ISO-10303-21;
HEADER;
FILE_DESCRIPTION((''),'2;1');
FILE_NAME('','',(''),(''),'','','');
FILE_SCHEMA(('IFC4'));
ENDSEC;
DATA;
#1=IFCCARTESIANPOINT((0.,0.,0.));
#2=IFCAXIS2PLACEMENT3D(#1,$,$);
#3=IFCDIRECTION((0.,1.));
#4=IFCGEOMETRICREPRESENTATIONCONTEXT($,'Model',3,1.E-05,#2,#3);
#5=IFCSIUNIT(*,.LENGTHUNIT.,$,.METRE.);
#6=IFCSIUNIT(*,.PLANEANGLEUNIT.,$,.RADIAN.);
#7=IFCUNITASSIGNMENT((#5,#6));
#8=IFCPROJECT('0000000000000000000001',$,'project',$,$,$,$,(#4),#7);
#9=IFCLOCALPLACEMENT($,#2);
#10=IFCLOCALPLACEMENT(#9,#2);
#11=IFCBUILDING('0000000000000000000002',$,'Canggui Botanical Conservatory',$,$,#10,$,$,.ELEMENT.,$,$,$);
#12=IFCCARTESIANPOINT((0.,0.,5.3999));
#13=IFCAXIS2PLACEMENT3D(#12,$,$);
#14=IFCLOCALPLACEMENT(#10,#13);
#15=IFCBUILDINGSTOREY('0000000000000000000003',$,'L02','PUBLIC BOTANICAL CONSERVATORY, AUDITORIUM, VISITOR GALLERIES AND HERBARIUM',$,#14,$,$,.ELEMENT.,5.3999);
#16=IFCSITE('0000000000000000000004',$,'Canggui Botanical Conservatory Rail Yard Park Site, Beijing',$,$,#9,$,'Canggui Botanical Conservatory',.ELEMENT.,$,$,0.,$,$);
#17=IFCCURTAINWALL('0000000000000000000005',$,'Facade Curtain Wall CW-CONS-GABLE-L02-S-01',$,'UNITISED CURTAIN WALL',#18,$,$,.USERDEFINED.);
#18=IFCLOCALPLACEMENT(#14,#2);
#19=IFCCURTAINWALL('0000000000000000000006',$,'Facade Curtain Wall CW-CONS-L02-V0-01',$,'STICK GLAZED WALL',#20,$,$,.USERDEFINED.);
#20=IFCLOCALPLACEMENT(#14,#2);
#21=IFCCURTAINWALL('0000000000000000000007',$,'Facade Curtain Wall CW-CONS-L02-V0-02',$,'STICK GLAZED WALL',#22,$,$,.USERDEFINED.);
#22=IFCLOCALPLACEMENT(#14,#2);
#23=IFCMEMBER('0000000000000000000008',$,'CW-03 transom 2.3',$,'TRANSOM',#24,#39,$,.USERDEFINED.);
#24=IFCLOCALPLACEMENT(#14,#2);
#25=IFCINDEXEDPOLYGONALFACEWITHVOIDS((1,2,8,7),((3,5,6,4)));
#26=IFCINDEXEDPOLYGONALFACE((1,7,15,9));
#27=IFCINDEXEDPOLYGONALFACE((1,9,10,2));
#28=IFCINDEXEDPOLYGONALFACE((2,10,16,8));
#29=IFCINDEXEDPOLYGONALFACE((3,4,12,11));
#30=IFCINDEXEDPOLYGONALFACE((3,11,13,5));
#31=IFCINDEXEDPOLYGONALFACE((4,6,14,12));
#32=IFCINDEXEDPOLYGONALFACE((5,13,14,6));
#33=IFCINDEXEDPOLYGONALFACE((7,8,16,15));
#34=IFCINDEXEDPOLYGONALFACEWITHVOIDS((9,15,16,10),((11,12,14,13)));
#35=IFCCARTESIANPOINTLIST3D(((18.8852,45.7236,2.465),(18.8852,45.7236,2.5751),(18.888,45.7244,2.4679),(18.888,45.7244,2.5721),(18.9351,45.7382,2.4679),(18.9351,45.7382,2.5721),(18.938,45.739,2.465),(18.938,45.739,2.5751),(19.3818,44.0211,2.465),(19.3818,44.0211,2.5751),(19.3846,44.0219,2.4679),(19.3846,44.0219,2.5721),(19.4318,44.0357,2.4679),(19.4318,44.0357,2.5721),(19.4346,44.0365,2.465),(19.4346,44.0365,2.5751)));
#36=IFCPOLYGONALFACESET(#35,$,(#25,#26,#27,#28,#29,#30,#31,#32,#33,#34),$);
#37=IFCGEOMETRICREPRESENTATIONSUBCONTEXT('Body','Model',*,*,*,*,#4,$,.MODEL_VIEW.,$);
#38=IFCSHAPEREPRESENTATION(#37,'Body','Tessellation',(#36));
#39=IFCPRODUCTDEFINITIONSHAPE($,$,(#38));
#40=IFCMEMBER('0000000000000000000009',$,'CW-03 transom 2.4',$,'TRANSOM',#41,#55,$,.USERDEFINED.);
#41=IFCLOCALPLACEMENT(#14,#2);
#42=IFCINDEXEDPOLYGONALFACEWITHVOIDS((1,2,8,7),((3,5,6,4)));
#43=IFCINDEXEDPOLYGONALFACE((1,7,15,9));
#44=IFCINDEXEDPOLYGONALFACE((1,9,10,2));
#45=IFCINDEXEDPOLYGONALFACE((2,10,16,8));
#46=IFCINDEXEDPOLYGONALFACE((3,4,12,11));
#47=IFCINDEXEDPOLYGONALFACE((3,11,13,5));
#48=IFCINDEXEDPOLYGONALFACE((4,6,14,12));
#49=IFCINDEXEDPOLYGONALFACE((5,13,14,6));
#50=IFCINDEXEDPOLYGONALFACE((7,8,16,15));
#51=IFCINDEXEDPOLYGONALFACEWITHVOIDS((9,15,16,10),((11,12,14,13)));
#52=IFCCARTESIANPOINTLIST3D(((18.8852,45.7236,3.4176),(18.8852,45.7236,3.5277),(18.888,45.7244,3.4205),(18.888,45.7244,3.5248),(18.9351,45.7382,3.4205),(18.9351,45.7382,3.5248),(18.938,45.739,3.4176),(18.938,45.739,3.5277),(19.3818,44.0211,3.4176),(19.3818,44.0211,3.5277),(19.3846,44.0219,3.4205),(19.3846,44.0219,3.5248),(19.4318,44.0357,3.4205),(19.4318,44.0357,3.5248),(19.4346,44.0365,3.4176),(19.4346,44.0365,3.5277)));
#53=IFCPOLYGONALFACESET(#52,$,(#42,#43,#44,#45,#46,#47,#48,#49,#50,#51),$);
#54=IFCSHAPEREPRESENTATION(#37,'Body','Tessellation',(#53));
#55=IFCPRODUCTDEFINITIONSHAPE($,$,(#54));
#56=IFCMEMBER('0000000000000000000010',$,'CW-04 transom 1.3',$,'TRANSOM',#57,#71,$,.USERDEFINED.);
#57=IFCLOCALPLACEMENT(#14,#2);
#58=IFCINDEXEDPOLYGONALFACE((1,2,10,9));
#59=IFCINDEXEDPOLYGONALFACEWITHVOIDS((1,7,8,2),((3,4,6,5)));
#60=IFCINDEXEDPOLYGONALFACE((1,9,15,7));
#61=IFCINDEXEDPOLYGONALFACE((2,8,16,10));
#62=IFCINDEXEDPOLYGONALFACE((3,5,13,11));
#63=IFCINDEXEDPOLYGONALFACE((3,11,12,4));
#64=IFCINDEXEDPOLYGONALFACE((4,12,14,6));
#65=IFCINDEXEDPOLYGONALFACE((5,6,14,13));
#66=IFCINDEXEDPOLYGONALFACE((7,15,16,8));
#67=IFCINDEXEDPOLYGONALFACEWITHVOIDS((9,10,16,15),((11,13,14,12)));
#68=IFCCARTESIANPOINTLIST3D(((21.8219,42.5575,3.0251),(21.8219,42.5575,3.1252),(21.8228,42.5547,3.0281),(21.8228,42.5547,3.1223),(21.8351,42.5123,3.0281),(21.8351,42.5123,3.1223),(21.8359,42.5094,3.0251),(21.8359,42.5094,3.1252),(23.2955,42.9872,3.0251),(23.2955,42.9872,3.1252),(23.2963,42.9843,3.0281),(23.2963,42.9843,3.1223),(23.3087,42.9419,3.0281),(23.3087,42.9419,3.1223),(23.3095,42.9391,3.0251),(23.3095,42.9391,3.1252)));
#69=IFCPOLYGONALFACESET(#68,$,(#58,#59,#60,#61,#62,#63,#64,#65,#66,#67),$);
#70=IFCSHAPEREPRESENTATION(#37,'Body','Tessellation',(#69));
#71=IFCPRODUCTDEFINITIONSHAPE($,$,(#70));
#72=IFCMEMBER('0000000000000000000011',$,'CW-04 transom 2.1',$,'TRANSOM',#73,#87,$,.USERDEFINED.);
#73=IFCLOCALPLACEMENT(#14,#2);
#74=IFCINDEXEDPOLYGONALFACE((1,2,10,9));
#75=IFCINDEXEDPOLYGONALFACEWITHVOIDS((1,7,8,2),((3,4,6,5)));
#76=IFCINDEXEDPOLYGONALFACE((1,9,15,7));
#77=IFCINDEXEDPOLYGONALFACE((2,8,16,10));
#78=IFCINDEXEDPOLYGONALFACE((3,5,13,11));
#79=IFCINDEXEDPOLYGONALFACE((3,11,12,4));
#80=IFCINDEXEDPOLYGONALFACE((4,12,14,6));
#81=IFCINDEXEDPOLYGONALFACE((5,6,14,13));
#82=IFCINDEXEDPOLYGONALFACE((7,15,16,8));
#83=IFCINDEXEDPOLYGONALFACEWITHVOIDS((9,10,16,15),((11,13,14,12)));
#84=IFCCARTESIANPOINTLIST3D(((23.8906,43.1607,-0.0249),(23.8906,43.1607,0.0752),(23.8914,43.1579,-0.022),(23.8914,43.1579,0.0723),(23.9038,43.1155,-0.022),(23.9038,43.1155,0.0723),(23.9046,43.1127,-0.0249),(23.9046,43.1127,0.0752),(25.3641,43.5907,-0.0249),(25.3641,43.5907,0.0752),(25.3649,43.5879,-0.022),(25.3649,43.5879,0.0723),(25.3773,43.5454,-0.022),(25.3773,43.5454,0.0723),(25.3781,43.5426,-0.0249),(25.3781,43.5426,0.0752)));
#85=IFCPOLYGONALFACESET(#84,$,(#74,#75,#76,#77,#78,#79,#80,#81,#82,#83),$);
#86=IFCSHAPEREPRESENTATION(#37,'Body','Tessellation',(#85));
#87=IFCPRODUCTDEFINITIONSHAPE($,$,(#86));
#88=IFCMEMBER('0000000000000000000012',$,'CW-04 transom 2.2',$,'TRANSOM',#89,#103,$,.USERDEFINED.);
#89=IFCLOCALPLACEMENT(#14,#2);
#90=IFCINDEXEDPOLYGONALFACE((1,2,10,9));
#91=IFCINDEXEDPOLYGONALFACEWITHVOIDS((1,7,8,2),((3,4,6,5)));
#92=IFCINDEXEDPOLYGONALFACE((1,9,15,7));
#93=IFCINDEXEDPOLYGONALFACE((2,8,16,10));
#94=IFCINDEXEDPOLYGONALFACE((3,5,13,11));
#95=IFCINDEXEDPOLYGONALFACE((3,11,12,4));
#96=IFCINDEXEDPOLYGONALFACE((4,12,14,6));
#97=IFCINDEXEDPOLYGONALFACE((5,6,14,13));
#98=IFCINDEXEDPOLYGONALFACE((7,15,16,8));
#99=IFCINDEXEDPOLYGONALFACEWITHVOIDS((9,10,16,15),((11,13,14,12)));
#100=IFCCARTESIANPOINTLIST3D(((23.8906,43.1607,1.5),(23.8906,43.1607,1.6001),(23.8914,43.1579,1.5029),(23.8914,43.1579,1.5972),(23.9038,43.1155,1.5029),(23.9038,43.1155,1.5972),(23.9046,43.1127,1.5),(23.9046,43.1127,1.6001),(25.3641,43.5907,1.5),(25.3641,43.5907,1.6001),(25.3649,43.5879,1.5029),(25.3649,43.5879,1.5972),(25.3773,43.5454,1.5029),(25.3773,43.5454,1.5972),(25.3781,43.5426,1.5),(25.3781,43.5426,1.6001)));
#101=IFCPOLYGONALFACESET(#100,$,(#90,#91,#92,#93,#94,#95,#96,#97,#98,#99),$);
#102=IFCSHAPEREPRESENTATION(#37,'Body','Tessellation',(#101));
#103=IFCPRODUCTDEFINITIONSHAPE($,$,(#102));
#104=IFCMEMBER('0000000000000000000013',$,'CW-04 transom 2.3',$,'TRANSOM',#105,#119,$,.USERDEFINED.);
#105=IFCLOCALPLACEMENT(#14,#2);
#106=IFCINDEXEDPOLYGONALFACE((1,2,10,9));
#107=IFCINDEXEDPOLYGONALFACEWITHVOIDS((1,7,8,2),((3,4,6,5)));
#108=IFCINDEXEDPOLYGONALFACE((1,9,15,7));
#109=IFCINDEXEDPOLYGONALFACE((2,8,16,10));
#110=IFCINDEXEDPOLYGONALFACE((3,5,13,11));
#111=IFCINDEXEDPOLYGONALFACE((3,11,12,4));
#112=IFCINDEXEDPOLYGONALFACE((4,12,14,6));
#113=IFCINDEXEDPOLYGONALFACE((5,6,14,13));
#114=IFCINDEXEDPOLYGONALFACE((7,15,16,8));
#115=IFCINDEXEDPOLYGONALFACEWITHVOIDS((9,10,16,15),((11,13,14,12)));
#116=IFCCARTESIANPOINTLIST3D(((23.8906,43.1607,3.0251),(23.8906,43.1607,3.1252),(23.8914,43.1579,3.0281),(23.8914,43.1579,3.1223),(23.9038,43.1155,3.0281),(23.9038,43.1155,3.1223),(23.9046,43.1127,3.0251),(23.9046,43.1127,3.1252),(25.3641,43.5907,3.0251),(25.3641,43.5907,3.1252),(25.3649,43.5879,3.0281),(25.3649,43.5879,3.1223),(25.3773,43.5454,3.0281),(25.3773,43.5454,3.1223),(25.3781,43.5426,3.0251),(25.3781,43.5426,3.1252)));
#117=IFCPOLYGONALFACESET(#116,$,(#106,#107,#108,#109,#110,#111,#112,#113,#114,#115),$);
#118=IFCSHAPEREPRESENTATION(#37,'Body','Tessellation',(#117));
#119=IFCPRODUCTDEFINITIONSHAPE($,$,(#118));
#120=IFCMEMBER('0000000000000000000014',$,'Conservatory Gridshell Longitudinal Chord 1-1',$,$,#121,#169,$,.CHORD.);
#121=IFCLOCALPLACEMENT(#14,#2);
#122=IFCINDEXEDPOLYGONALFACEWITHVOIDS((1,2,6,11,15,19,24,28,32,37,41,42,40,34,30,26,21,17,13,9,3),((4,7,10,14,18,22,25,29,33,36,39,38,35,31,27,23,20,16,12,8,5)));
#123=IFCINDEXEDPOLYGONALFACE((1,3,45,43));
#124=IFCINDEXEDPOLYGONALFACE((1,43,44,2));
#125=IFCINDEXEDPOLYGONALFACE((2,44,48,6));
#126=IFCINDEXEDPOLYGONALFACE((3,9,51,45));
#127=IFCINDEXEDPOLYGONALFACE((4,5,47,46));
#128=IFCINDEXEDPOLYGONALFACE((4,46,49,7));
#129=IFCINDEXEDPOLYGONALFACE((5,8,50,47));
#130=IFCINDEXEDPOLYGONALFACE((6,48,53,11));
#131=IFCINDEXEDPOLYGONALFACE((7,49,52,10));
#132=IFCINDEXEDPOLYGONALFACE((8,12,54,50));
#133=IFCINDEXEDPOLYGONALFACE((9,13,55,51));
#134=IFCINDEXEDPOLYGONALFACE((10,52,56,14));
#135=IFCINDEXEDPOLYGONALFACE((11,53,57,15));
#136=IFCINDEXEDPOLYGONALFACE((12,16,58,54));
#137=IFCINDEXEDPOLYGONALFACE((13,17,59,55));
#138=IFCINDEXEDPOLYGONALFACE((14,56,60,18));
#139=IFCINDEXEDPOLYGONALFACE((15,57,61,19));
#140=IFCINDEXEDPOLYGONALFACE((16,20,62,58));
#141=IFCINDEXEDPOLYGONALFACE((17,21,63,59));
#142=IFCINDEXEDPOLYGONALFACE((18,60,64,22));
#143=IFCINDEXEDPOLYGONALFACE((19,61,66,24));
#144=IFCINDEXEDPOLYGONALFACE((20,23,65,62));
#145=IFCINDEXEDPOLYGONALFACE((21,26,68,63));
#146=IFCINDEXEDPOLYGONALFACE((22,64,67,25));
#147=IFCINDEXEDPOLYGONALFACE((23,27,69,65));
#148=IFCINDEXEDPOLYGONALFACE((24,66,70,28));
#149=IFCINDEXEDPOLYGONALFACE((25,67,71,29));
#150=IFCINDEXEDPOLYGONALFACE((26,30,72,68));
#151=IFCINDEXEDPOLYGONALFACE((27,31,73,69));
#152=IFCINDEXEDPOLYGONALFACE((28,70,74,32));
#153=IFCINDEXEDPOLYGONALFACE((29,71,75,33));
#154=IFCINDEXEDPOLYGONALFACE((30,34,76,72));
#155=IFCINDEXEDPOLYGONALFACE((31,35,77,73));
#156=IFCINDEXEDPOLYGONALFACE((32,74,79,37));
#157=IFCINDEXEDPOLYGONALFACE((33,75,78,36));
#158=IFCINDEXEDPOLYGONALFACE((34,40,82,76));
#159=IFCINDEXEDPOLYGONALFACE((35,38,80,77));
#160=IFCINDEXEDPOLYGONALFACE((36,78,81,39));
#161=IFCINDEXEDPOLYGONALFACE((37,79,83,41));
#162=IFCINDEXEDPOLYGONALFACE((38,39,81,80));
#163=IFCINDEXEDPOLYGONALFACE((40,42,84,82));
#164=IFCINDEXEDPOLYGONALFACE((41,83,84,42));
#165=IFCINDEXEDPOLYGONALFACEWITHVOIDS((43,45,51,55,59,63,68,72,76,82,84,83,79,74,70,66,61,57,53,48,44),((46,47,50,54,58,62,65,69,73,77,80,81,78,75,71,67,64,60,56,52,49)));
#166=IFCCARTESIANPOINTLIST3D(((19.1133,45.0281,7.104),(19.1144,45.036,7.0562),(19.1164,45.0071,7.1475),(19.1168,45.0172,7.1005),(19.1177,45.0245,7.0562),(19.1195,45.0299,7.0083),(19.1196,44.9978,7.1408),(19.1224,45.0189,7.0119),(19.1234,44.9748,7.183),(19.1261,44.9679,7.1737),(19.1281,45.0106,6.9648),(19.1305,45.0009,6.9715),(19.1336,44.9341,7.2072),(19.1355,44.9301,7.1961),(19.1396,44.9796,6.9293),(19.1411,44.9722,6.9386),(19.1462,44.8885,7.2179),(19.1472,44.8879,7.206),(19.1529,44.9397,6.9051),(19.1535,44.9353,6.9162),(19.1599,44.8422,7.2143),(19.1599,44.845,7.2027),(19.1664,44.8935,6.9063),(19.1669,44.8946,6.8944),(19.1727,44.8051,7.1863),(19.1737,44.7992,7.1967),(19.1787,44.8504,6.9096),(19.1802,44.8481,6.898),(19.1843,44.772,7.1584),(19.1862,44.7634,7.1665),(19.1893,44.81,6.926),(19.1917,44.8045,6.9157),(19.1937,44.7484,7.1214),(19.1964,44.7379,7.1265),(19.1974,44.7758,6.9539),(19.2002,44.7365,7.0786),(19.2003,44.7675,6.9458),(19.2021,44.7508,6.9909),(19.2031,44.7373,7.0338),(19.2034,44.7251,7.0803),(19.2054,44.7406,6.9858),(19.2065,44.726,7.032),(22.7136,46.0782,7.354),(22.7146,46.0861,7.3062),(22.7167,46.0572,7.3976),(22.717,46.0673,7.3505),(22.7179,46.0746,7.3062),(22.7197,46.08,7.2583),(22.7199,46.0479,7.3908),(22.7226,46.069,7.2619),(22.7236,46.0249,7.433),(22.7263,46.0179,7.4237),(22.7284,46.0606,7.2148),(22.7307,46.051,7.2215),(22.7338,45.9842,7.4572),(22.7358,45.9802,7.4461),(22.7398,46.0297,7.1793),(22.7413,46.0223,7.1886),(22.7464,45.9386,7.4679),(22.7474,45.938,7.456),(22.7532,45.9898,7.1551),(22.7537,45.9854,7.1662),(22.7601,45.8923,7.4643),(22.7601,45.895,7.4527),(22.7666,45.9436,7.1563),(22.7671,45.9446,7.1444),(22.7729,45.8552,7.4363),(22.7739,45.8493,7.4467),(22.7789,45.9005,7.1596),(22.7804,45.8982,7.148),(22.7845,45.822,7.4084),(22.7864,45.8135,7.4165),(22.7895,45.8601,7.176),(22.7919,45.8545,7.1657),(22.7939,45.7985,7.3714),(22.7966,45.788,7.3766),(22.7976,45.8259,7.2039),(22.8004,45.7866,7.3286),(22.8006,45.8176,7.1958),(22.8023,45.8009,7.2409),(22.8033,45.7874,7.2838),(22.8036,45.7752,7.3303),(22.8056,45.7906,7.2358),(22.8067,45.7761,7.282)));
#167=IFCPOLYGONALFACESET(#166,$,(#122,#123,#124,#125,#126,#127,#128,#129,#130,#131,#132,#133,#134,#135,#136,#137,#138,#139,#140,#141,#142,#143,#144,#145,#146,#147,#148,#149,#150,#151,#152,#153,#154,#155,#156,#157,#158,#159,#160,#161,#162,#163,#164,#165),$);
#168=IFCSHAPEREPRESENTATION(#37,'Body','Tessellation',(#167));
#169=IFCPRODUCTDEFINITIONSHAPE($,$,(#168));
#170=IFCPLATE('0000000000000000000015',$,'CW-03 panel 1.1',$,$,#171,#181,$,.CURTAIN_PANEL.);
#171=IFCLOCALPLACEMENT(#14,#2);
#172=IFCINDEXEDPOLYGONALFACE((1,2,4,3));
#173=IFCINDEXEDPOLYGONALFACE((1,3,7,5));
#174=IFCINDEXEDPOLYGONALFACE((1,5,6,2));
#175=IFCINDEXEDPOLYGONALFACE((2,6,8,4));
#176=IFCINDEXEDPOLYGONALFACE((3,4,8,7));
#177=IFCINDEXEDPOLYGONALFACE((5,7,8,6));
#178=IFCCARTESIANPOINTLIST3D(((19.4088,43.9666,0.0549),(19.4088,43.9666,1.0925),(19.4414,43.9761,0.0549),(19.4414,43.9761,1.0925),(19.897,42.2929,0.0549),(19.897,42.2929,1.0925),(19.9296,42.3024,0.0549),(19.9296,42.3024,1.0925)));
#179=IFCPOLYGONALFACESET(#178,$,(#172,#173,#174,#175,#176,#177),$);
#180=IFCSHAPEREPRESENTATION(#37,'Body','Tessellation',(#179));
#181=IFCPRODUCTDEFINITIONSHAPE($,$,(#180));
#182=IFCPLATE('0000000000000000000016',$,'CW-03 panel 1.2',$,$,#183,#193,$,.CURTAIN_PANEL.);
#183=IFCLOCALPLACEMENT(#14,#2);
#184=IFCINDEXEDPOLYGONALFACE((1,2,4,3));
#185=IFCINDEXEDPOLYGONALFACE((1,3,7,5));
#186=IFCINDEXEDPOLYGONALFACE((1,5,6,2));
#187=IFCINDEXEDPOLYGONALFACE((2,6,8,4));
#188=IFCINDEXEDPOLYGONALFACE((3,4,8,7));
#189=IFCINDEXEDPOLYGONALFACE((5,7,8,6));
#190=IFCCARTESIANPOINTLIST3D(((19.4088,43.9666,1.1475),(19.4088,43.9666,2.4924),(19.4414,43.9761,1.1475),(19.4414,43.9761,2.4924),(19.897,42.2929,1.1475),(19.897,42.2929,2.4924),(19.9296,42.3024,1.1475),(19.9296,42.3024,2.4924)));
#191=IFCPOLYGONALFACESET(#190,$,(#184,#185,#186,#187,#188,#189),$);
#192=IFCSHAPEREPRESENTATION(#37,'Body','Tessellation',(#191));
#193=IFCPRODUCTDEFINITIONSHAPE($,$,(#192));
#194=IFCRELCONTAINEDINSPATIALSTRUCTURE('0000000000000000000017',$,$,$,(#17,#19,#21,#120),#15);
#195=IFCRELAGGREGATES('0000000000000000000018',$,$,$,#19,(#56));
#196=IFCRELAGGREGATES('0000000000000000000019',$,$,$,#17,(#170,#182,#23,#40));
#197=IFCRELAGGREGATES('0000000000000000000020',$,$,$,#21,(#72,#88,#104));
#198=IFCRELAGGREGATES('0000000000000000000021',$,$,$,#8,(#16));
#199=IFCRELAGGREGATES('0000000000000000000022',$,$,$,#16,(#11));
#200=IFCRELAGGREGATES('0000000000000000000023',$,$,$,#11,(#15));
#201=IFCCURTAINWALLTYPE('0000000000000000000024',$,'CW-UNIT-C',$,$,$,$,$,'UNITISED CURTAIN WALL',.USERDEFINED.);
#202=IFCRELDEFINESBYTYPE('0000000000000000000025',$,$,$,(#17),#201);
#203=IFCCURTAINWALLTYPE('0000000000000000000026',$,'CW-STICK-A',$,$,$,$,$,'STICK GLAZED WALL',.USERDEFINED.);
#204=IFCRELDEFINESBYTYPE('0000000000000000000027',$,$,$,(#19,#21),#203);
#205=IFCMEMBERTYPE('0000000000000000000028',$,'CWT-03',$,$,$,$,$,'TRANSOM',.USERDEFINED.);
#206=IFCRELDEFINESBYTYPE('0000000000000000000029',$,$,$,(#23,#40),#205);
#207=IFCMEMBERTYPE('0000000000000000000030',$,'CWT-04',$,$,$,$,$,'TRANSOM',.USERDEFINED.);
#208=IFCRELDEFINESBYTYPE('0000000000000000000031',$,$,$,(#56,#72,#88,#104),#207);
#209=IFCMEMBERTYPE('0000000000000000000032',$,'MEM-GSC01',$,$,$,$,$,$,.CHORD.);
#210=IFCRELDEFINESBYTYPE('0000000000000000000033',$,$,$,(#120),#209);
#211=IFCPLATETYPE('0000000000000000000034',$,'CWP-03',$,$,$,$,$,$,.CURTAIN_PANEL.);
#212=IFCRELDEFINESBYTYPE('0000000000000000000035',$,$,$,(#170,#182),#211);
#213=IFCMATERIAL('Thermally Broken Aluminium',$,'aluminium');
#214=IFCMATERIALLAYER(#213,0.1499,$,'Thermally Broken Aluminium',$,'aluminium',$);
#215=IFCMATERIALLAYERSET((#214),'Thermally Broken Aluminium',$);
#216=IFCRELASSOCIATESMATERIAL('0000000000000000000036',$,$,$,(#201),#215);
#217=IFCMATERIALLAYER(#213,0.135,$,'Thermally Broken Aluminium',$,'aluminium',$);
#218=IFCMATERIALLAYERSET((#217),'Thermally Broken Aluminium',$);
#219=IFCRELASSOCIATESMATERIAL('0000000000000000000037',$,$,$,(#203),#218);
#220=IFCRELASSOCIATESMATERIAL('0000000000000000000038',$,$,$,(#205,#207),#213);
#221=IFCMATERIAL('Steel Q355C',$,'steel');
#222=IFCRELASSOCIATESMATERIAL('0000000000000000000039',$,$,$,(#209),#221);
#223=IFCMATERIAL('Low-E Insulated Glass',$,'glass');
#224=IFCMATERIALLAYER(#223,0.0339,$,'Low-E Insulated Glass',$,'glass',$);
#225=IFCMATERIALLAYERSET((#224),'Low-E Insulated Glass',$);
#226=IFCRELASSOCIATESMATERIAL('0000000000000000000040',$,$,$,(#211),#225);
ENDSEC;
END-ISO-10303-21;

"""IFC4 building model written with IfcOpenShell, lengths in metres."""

from ifc_helpers import new_model, si_unit, direction, frame, origin, origin_2d, place, context, subcontext, project, spatial, rectangle, hollow_rectangle, hollow_circle, extrude, material, layer, layer_set, material_profile, profile_set, type_object, element, aggregate, save


model = new_model("IFC4")

# Units and contexts
model_context = context("Model", 3, precision=1e-05, world=origin(), true_north=direction((0.0, 1.0)))
body_context = subcontext(model_context, "Body", "Model", "MODEL_VIEW")
ifc_project = project(units=[si_unit("LENGTHUNIT", "METRE"), si_unit("PLANEANGLEUNIT", "RADIAN")], contexts=[model_context])

# Site, building, storey
site_placement = place(None, origin())
site = spatial("IfcSite", under=ifc_project, at=site_placement, Name="Canggui Botanical Conservatory Rail Yard Park Site, Beijing", LongName="Canggui Botanical Conservatory", CompositionType="ELEMENT", RefElevation=0.0)
building_placement = place(site_placement, origin())
building = spatial("IfcBuilding", under=site, at=building_placement, Name="Canggui Botanical Conservatory", CompositionType="ELEMENT")
storey_placement = place(building_placement, frame((0.0, 0.0, 5.3999)))
storey = spatial("IfcBuildingStorey", under=building, at=storey_placement, Name="L02", Description="PUBLIC BOTANICAL CONSERVATORY, AUDITORIUM, VISITOR GALLERIES AND HERBARIUM", CompositionType="ELEMENT", Elevation=5.3999)

# Shared definitions
ifc_material_1 = material(Name="Steel Q355C", Category="steel")

# Curtain walls
ifc_material_2 = material(Name="Thermally Broken Aluminium", Category="aluminium")
ifc_layer_1 = layer(ifc_material_2, 0.1499, Name="Thermally Broken Aluminium", Category="aluminium")
ifc_layer_set_1 = layer_set([ifc_layer_1], Name="Thermally Broken Aluminium")
curtain_wall_type_1 = type_object("IfcCurtainWallType", Name="CW-UNIT-C", ElementType="UNITISED CURTAIN WALL", PredefinedType="USERDEFINED", material=ifc_layer_set_1)
curtain_wall_1_placement = place(storey_placement, origin())
curtain_wall_1 = element("IfcCurtainWall", 1, at=curtain_wall_1_placement, inside=storey, type_object=curtain_wall_type_1, Name="Facade Curtain Wall CW-CONS-GABLE-L02-S-01", ObjectType="UNITISED CURTAIN WALL", PredefinedType="USERDEFINED")
ifc_layer_2 = layer(ifc_material_2, 0.135, Name="Thermally Broken Aluminium", Category="aluminium")
ifc_layer_set_2 = layer_set([ifc_layer_2], Name="Thermally Broken Aluminium")
curtain_wall_type_2 = type_object("IfcCurtainWallType", Name="CW-STICK-A", ElementType="STICK GLAZED WALL", PredefinedType="USERDEFINED", material=ifc_layer_set_2)
curtain_wall_2_placement = place(storey_placement, origin())
curtain_wall_2 = element("IfcCurtainWall", 2, at=curtain_wall_2_placement, inside=storey, type_object=curtain_wall_type_2, Name="Facade Curtain Wall CW-CONS-L02-V0-01", ObjectType="STICK GLAZED WALL", PredefinedType="USERDEFINED")

# Curtain wall
curtain_wall_3_placement = place(storey_placement, origin())
curtain_wall_3 = element("IfcCurtainWall", 3, at=curtain_wall_3_placement, inside=storey, type_object=curtain_wall_type_2, Name="Facade Curtain Wall CW-CONS-L02-V0-02", ObjectType="STICK GLAZED WALL", PredefinedType="USERDEFINED")

# Members
ifc_material_profile_1 = material_profile(ifc_material_2, hollow_rectangle(XDim=0.0549, YDim=0.1101, WallThickness=0.0029, at=origin_2d()), Name="CWT 55x110x3")
ifc_profile_set_1 = profile_set([ifc_material_profile_1], Name="Thermally Broken Aluminium")
member_type_1 = type_object("IfcMemberType", Name="CWT-03", ElementType="TRANSOM", PredefinedType="USERDEFINED", material=ifc_profile_set_1)
member_1_placement = place(storey_placement, frame((19.4082, 44.0288, 2.52), z_axis=(-0.280026, 0.959992, 0.0), x_axis=(-0.959992, -0.280026, 0.0)))
member_1 = element("IfcMember", 4, at=member_1_placement, type_object=member_type_1, Name="CW-03 transom 2.3", ObjectType="TRANSOM", PredefinedType="USERDEFINED", context=body_context, shape_type="SweptSolid", body=[
    extrude(hollow_rectangle(XDim=0.0549, YDim=0.1101, WallThickness=0.0029, at=origin_2d()), origin(), (0.0, 0.0, 1.0), 1.7734),
])
member_2_placement = place(storey_placement, frame((19.4082, 44.0288, 3.4727), z_axis=(-0.280026, 0.959992, 0.0), x_axis=(-0.959992, -0.280026, 0.0)))
member_2 = element("IfcMember", 5, at=member_2_placement, type_object=member_type_1, Name="CW-03 transom 2.4", ObjectType="TRANSOM", PredefinedType="USERDEFINED", context=body_context, shape_type="SweptSolid", body=[
    extrude(hollow_rectangle(XDim=0.0549, YDim=0.1101, WallThickness=0.0029, at=origin_2d()), origin(), (0.0, 0.0, 1.0), 1.7734),
])
ifc_material_profile_2 = material_profile(ifc_material_2, hollow_rectangle(XDim=0.05, YDim=0.1001, WallThickness=0.0029, at=origin_2d()), Name="CWT 50x100x3")
ifc_profile_set_2 = profile_set([ifc_material_profile_2], Name="Thermally Broken Aluminium")
member_type_2 = type_object("IfcMemberType", Name="CWT-04", ElementType="TRANSOM", PredefinedType="USERDEFINED", material=ifc_profile_set_2)
member_3_placement = place(storey_placement, frame((23.3025, 42.9631, 3.0752), z_axis=(-0.960021, -0.279927, 0.0), x_axis=(0.279927, -0.960021, 0.0)))
member_3 = element("IfcMember", 6, at=member_3_placement, type_object=member_type_2, Name="CW-04 transom 1.3", ObjectType="TRANSOM", PredefinedType="USERDEFINED", context=body_context, shape_type="SweptSolid", body=[
    extrude(hollow_rectangle(XDim=0.05, YDim=0.1001, WallThickness=0.0029, at=origin_2d()), origin(), (0.0, 0.0, 1.0), 1.5349),
])
aggregate(curtain_wall_2, [member_3])
member_4_placement = place(storey_placement, frame((25.3711, 43.5667, 0.0251), z_axis=(-0.959966, -0.280116, 0.0), x_axis=(0.280116, -0.959966, 0.0)))
member_4 = element("IfcMember", 7, at=member_4_placement, type_object=member_type_2, Name="CW-04 transom 2.1", ObjectType="TRANSOM", PredefinedType="USERDEFINED", context=body_context, shape_type="SweptSolid", body=[
    extrude(hollow_rectangle(XDim=0.05, YDim=0.1001, WallThickness=0.0029, at=origin_2d()), origin(), (0.0, 0.0, 1.0), 1.5349),
])
member_5_placement = place(storey_placement, frame((25.3711, 43.5667, 1.55), z_axis=(-0.959966, -0.280116, 0.0), x_axis=(0.280116, -0.959966, 0.0)))
member_5 = element("IfcMember", 8, at=member_5_placement, type_object=member_type_2, Name="CW-04 transom 2.2", ObjectType="TRANSOM", PredefinedType="USERDEFINED", context=body_context, shape_type="SweptSolid", body=[
    extrude(hollow_rectangle(XDim=0.05, YDim=0.1001, WallThickness=0.0029, at=origin_2d()), origin(), (0.0, 0.0, 1.0), 1.5349),
])
member_6_placement = place(storey_placement, frame((25.3711, 43.5667, 3.0752), z_axis=(-0.959966, -0.280116, 0.0), x_axis=(0.280116, -0.959966, 0.0)))
member_6 = element("IfcMember", 9, at=member_6_placement, type_object=member_type_2, Name="CW-04 transom 2.3", ObjectType="TRANSOM", PredefinedType="USERDEFINED", context=body_context, shape_type="SweptSolid", body=[
    extrude(hollow_rectangle(XDim=0.05, YDim=0.1001, WallThickness=0.0029, at=origin_2d()), origin(), (0.0, 0.0, 1.0), 1.5349),
])
ifc_material_profile_3 = material_profile(ifc_material_1, hollow_circle(Radius=0.1626, WallThickness=0.012, at=origin_2d()), Name="CHS 325x12")
ifc_profile_set_3 = profile_set([ifc_material_profile_3], Name="Steel Q355C")
member_type_3 = type_object("IfcMemberType", Name="MEM-GSC01", PredefinedType="CHORD", material=ifc_profile_set_3)
member_7_placement = place(storey_placement, frame((19.1599, 44.8799, 7.0562), z_axis=(0.957872, 0.279385, 0.066517), x_axis=(-0.280005, 0.959999, 0.0)))
element("IfcMember", 10, at=member_7_placement, inside=storey, type_object=member_type_3, Name="Conservatory Gridshell Longitudinal Chord 1-1", PredefinedType="CHORD", context=body_context, shape_type="SweptSolid", body=[
    extrude(hollow_circle(Radius=0.1626, WallThickness=0.012, at=origin_2d()), origin(), (0.0, 0.0, 1.0), 3.7585),
])

# Plates
ifc_material_3 = material(Name="Low-E Insulated Glass", Category="glass")
ifc_layer_3 = layer(ifc_material_3, 0.0339, Name="Low-E Insulated Glass", Category="glass")
ifc_layer_set_3 = layer_set([ifc_layer_3], Name="Low-E Insulated Glass")
plate_type_1 = type_object("IfcPlateType", Name="CWP-03", PredefinedType="CURTAIN_PANEL", material=ifc_layer_set_3)
plate_1_placement = place(storey_placement, frame((19.6692, 43.1345, 0.0549), z_axis=(0.0, 0.0, 1.0), x_axis=(-0.28, 0.96, 0.0)))
plate_1 = element("IfcPlate", 11, at=plate_1_placement, type_object=plate_type_1, Name="CW-03 panel 1.1", PredefinedType="CURTAIN_PANEL", context=body_context, shape_type="SweptSolid", body=[
    extrude(rectangle(XDim=1.7434, YDim=0.0339, at=origin_2d()), origin(), (0.0, 0.0, 1.0), 1.0376),
])
plate_2_placement = place(storey_placement, frame((19.6692, 43.1345, 1.1475), z_axis=(0.0, 0.0, 1.0), x_axis=(-0.28, 0.96, 0.0)))
plate_2 = element("IfcPlate", 12, at=plate_2_placement, type_object=plate_type_1, Name="CW-03 panel 1.2", PredefinedType="CURTAIN_PANEL", context=body_context, shape_type="SweptSolid", body=[
    extrude(rectangle(XDim=1.7434, YDim=0.0339, at=origin_2d()), origin(), (0.0, 0.0, 1.0), 1.345),
])
aggregate(curtain_wall_1, [plate_1, plate_2, member_1, member_2])
aggregate(curtain_wall_3, [member_4, member_5, member_6])

save(model, "model.ifc")
